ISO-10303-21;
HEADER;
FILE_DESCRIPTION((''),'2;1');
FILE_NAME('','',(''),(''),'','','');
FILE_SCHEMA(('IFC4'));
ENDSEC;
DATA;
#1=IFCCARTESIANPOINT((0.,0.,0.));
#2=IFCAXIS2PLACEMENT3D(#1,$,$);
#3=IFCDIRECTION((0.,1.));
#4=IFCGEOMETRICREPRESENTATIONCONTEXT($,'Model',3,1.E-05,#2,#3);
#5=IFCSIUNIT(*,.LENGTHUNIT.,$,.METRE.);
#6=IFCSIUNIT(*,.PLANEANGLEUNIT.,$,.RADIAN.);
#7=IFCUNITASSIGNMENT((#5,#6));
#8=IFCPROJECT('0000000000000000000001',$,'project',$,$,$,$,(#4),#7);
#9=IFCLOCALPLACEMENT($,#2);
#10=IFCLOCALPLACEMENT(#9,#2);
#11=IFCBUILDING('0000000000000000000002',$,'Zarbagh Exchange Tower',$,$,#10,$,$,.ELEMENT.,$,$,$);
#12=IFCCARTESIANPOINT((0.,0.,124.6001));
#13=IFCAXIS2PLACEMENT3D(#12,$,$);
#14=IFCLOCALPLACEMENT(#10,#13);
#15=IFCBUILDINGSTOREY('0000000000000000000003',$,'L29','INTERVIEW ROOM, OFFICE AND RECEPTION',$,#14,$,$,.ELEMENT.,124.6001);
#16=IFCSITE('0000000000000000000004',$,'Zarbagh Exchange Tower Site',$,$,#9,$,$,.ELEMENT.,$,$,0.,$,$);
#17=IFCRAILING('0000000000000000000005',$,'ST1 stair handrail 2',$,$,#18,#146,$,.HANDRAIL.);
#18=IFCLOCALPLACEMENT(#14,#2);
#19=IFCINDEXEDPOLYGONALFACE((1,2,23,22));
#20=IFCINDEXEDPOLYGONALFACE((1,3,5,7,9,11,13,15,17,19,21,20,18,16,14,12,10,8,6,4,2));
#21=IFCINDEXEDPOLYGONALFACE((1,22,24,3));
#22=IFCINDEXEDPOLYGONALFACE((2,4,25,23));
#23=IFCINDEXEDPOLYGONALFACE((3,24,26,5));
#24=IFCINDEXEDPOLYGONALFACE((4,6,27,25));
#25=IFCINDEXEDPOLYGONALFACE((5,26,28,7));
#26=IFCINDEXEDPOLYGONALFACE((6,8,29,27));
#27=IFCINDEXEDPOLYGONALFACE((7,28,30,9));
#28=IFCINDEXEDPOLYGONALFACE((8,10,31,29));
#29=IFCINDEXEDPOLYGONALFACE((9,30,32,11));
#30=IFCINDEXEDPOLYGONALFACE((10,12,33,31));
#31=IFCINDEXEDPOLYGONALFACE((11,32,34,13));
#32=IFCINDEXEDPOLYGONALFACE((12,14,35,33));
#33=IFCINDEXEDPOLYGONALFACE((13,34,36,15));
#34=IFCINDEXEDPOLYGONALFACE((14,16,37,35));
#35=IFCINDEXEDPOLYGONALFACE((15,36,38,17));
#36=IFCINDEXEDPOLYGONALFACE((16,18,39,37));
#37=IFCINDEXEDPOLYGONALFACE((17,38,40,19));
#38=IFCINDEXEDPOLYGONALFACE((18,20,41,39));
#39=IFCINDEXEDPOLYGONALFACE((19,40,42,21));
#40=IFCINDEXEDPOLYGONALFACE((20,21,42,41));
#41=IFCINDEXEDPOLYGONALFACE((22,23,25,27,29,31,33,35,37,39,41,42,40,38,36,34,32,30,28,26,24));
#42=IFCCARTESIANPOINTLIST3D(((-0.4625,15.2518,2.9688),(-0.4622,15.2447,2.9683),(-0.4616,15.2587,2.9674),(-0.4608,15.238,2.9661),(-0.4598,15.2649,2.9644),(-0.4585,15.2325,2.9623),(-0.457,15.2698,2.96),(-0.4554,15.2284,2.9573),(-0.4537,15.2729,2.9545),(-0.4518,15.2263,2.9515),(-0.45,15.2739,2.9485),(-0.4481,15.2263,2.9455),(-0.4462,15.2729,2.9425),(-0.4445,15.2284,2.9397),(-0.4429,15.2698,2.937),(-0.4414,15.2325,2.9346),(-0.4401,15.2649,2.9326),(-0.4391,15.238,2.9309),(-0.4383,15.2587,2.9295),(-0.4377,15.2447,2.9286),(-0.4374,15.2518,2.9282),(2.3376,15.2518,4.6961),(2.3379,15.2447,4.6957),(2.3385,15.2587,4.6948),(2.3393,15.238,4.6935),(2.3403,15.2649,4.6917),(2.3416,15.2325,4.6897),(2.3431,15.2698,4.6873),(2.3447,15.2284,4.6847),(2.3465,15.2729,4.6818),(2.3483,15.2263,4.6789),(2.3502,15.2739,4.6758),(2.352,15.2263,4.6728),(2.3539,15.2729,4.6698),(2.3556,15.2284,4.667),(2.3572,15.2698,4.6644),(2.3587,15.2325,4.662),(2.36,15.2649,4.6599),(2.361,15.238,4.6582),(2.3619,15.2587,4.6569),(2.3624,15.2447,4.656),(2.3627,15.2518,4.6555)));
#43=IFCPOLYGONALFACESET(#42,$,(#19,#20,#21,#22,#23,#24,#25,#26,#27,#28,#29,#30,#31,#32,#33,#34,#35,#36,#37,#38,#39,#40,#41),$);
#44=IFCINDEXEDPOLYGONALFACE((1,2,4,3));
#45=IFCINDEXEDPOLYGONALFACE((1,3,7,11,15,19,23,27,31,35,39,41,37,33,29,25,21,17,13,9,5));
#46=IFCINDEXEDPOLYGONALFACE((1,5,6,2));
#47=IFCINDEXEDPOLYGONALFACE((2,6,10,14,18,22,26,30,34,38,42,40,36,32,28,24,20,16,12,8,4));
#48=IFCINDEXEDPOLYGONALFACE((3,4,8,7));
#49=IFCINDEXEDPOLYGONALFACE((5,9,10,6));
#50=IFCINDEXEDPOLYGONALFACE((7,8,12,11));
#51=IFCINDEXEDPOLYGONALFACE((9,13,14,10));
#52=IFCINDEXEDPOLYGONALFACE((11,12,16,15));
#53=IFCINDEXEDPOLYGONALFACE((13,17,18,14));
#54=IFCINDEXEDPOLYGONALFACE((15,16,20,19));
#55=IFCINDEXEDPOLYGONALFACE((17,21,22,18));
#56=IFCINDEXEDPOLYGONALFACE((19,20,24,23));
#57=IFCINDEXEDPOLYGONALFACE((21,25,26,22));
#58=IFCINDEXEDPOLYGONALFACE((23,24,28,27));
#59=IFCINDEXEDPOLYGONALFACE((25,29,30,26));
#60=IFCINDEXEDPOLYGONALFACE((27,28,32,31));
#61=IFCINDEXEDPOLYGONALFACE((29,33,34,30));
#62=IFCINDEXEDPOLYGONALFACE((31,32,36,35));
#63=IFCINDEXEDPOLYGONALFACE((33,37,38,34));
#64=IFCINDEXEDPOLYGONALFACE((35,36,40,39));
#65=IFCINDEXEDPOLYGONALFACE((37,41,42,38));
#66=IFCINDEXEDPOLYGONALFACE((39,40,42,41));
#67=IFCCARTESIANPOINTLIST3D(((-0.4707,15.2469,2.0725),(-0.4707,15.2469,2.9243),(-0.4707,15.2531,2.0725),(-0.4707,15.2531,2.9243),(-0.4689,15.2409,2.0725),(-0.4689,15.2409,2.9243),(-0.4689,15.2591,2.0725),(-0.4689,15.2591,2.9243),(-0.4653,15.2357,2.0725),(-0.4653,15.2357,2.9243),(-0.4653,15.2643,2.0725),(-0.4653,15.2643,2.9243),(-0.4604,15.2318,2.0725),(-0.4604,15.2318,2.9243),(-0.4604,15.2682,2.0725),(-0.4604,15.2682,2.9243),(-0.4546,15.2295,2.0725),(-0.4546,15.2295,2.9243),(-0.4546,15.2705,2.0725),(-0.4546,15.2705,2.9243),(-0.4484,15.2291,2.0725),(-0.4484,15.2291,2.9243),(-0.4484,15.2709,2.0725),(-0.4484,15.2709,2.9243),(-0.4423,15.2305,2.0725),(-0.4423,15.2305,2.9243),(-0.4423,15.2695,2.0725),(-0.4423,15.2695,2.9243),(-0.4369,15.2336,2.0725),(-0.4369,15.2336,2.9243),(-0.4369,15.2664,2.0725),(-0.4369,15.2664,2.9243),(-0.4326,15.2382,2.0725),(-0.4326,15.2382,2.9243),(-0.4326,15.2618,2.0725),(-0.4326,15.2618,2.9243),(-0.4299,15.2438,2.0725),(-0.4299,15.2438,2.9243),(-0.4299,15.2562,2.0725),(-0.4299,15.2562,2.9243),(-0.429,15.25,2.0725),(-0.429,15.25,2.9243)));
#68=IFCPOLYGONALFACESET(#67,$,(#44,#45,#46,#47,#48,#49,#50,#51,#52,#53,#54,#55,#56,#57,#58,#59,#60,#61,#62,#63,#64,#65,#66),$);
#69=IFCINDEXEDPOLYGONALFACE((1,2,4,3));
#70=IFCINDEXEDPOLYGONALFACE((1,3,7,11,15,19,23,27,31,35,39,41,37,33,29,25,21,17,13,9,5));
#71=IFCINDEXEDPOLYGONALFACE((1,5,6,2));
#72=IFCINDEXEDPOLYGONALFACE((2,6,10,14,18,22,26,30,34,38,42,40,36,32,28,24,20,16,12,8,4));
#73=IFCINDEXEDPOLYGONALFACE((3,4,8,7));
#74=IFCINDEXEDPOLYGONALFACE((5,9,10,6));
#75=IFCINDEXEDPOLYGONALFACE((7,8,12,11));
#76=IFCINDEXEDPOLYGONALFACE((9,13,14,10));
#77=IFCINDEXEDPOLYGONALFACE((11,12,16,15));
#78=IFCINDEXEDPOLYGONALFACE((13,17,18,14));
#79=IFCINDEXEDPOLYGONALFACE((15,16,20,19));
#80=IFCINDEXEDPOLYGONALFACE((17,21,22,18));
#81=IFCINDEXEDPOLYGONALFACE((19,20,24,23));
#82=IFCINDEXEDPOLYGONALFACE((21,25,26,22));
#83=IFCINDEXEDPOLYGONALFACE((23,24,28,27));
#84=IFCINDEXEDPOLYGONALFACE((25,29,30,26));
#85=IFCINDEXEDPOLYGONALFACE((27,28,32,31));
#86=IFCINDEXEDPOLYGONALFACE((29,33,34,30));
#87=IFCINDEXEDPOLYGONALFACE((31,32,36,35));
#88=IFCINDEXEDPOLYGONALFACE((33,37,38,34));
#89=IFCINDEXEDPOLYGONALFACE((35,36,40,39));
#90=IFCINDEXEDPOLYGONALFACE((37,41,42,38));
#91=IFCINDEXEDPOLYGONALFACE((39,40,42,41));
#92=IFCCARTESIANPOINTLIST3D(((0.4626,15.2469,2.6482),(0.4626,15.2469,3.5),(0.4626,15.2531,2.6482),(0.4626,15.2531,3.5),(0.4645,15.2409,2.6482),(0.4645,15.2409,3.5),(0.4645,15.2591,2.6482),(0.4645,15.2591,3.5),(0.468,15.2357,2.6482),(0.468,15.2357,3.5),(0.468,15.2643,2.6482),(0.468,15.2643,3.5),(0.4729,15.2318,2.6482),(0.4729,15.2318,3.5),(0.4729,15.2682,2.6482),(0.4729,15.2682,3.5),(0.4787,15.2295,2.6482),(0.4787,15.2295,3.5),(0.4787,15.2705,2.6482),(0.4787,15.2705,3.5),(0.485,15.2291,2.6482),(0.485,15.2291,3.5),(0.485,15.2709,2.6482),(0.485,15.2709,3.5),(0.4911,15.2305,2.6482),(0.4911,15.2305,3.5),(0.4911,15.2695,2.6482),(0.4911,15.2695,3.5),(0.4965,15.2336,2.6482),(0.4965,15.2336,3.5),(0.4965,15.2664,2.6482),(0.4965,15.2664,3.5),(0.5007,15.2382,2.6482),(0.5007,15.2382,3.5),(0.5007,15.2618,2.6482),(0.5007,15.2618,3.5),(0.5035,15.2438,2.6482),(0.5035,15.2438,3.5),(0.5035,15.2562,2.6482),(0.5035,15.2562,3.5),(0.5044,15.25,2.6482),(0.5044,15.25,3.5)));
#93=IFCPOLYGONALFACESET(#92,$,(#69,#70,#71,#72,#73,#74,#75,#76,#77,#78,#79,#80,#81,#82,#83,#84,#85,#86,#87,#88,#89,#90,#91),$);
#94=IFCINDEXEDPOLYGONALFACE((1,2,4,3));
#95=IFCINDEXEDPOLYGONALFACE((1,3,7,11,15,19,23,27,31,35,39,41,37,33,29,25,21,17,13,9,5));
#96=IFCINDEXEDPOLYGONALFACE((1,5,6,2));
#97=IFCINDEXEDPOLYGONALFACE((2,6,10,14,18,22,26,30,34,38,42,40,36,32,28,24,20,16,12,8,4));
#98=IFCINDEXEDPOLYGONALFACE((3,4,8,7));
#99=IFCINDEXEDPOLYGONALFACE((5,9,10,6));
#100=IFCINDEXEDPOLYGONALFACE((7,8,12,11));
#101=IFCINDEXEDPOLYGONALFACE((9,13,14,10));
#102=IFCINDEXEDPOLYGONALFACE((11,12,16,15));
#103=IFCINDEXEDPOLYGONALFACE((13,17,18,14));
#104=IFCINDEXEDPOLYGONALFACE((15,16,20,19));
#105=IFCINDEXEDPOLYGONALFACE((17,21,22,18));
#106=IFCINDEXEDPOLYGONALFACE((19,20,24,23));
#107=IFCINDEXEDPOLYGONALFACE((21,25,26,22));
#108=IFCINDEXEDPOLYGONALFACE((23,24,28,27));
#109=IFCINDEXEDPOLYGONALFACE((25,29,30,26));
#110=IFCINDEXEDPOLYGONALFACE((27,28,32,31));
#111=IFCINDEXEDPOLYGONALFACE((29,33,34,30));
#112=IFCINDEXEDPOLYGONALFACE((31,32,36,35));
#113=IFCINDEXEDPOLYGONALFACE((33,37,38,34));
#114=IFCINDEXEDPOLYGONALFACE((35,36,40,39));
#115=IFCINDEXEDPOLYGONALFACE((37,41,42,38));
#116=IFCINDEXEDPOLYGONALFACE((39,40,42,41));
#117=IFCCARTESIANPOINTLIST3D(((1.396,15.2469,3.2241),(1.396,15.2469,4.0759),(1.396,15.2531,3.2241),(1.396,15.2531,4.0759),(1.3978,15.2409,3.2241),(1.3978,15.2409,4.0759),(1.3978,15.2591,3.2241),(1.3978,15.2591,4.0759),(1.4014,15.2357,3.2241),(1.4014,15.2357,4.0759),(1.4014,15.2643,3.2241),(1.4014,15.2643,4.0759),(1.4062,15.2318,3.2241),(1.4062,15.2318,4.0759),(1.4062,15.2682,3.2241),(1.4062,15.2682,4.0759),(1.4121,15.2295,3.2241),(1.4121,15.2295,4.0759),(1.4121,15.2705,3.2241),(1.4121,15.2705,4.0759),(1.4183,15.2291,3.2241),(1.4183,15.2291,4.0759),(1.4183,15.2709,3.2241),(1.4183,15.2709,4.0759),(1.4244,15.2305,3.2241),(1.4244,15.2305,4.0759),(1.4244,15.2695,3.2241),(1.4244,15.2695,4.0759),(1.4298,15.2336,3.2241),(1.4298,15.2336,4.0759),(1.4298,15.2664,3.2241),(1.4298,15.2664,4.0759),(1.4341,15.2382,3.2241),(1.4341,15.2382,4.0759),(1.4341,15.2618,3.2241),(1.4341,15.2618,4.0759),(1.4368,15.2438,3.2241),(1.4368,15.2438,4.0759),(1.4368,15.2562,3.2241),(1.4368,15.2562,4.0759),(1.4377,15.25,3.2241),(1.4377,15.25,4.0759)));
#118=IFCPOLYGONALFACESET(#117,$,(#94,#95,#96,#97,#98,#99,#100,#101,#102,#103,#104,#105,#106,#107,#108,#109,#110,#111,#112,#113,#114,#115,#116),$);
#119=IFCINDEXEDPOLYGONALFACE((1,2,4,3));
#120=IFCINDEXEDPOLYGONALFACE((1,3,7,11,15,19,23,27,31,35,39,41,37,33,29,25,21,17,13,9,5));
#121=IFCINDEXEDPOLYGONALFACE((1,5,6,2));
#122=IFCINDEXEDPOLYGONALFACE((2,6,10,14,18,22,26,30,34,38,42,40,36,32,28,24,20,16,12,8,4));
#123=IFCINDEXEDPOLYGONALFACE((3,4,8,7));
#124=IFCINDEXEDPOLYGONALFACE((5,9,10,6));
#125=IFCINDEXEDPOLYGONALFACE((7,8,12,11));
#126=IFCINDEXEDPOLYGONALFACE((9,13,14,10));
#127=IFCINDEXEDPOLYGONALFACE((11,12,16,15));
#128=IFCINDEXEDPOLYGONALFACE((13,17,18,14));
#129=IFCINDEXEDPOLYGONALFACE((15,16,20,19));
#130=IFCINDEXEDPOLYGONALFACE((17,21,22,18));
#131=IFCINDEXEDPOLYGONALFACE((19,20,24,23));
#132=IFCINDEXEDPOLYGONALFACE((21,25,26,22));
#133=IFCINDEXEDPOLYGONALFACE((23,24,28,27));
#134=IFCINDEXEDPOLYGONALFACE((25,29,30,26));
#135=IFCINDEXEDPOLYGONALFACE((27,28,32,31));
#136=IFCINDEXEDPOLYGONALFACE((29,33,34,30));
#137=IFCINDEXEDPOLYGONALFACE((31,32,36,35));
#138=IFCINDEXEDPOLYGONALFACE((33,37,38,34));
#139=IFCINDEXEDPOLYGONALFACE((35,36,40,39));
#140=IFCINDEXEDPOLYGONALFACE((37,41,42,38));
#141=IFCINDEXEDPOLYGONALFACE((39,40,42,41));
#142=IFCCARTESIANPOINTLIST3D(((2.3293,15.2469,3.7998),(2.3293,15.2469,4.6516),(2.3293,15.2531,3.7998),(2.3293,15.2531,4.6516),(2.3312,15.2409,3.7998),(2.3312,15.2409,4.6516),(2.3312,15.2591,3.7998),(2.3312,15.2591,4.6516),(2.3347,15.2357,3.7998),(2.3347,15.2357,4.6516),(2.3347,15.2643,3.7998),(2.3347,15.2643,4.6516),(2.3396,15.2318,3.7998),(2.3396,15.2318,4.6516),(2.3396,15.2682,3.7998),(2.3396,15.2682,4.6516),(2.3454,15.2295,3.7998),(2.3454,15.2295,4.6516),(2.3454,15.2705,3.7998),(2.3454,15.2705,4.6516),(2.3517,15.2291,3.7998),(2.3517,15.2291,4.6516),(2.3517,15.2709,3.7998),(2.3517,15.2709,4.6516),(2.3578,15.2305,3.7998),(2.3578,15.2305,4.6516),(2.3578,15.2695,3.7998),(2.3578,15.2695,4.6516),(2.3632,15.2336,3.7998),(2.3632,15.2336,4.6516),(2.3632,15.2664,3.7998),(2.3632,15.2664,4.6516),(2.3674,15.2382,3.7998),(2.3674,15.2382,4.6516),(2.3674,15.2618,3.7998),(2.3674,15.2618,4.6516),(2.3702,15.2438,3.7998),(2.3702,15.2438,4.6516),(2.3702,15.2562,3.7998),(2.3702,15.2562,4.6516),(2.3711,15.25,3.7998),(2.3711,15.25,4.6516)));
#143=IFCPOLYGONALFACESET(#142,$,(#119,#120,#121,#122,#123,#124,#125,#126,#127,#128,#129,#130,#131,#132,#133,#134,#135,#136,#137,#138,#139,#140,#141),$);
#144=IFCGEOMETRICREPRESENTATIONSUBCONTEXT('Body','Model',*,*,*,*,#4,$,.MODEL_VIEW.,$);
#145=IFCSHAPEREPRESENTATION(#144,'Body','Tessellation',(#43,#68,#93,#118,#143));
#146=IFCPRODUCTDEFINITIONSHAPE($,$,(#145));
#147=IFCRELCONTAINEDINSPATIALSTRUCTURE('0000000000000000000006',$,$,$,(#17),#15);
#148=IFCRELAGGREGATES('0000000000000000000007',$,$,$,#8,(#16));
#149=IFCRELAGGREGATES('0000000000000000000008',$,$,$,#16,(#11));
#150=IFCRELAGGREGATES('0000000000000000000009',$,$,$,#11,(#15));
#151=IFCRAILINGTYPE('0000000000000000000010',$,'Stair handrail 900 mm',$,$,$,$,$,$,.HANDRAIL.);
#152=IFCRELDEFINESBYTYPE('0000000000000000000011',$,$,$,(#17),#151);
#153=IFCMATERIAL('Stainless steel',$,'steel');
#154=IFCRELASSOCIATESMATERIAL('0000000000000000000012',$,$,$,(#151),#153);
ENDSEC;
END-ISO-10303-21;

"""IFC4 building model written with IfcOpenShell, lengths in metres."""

from ifc_helpers import new_model, si_unit, direction, frame, origin, origin_2d, place, context, subcontext, project, spatial, circle, extrude, material, type_object, element, save


model = new_model("IFC4")

# Units and contexts
model_context = context("Model", 3, precision=1e-05, world=origin(), true_north=direction((0.0, 1.0)))
body_context = subcontext(model_context, "Body", "Model", "MODEL_VIEW")
ifc_project = project(units=[si_unit("LENGTHUNIT", "METRE"), si_unit("PLANEANGLEUNIT", "RADIAN")], contexts=[model_context])

# Site, building, storey
site_placement = place(None, origin())
site = spatial("IfcSite", under=ifc_project, at=site_placement, Name="Zarbagh Exchange Tower Site", CompositionType="ELEMENT", RefElevation=0.0)
building_placement = place(site_placement, origin())
building = spatial("IfcBuilding", under=site, at=building_placement, Name="Zarbagh Exchange Tower", CompositionType="ELEMENT")
storey_placement = place(building_placement, frame((0.0, 0.0, 124.6001)))
storey = spatial("IfcBuildingStorey", under=building, at=storey_placement, Name="L29", Description="INTERVIEW ROOM, OFFICE AND RECEPTION", CompositionType="ELEMENT", Elevation=124.6001)

# Shared definitions
ifc_material_1 = material(Name="Stainless steel", Category="steel")

# Railing
railing_type_1 = type_object("IfcRailingType", Name="Stair handrail 900 mm", PredefinedType="HANDRAIL", material=ifc_material_1)
railing_1_placement = place(storey_placement, frame((-0.45, 15.25, 2.0725)))
element("IfcRailing", 1, at=railing_1_placement, inside=storey, type_object=railing_type_1, Name="ST1 stair handrail 2", PredefinedType="HANDRAIL", context=body_context, shape_type="SweptSolid", body=[
    extrude(circle(Radius=0.0239, at=origin_2d()), frame((0.0, 0.0, 0.876), z_axis=(0.85109, 0.0, 0.52502), x_axis=(0.0, 1.0, 0.0)), (0.0, 0.0, 1.0), 3.29),
    extrude(circle(Radius=0.021, at=origin_2d()), origin(), (0.0, 0.0, 1.0), 0.8518),
    extrude(circle(Radius=0.021, at=origin_2d()), frame((0.9333, 0.0, 0.5757)), (0.0, 0.0, 1.0), 0.8518),
    extrude(circle(Radius=0.021, at=origin_2d()), frame((1.8667, 0.0, 1.1516)), (0.0, 0.0, 1.0), 0.8518),
    extrude(circle(Radius=0.021, at=origin_2d()), frame((2.8, 0.0, 1.7273)), (0.0, 0.0, 1.0), 0.8518),
])

save(model, "model.ifc")
